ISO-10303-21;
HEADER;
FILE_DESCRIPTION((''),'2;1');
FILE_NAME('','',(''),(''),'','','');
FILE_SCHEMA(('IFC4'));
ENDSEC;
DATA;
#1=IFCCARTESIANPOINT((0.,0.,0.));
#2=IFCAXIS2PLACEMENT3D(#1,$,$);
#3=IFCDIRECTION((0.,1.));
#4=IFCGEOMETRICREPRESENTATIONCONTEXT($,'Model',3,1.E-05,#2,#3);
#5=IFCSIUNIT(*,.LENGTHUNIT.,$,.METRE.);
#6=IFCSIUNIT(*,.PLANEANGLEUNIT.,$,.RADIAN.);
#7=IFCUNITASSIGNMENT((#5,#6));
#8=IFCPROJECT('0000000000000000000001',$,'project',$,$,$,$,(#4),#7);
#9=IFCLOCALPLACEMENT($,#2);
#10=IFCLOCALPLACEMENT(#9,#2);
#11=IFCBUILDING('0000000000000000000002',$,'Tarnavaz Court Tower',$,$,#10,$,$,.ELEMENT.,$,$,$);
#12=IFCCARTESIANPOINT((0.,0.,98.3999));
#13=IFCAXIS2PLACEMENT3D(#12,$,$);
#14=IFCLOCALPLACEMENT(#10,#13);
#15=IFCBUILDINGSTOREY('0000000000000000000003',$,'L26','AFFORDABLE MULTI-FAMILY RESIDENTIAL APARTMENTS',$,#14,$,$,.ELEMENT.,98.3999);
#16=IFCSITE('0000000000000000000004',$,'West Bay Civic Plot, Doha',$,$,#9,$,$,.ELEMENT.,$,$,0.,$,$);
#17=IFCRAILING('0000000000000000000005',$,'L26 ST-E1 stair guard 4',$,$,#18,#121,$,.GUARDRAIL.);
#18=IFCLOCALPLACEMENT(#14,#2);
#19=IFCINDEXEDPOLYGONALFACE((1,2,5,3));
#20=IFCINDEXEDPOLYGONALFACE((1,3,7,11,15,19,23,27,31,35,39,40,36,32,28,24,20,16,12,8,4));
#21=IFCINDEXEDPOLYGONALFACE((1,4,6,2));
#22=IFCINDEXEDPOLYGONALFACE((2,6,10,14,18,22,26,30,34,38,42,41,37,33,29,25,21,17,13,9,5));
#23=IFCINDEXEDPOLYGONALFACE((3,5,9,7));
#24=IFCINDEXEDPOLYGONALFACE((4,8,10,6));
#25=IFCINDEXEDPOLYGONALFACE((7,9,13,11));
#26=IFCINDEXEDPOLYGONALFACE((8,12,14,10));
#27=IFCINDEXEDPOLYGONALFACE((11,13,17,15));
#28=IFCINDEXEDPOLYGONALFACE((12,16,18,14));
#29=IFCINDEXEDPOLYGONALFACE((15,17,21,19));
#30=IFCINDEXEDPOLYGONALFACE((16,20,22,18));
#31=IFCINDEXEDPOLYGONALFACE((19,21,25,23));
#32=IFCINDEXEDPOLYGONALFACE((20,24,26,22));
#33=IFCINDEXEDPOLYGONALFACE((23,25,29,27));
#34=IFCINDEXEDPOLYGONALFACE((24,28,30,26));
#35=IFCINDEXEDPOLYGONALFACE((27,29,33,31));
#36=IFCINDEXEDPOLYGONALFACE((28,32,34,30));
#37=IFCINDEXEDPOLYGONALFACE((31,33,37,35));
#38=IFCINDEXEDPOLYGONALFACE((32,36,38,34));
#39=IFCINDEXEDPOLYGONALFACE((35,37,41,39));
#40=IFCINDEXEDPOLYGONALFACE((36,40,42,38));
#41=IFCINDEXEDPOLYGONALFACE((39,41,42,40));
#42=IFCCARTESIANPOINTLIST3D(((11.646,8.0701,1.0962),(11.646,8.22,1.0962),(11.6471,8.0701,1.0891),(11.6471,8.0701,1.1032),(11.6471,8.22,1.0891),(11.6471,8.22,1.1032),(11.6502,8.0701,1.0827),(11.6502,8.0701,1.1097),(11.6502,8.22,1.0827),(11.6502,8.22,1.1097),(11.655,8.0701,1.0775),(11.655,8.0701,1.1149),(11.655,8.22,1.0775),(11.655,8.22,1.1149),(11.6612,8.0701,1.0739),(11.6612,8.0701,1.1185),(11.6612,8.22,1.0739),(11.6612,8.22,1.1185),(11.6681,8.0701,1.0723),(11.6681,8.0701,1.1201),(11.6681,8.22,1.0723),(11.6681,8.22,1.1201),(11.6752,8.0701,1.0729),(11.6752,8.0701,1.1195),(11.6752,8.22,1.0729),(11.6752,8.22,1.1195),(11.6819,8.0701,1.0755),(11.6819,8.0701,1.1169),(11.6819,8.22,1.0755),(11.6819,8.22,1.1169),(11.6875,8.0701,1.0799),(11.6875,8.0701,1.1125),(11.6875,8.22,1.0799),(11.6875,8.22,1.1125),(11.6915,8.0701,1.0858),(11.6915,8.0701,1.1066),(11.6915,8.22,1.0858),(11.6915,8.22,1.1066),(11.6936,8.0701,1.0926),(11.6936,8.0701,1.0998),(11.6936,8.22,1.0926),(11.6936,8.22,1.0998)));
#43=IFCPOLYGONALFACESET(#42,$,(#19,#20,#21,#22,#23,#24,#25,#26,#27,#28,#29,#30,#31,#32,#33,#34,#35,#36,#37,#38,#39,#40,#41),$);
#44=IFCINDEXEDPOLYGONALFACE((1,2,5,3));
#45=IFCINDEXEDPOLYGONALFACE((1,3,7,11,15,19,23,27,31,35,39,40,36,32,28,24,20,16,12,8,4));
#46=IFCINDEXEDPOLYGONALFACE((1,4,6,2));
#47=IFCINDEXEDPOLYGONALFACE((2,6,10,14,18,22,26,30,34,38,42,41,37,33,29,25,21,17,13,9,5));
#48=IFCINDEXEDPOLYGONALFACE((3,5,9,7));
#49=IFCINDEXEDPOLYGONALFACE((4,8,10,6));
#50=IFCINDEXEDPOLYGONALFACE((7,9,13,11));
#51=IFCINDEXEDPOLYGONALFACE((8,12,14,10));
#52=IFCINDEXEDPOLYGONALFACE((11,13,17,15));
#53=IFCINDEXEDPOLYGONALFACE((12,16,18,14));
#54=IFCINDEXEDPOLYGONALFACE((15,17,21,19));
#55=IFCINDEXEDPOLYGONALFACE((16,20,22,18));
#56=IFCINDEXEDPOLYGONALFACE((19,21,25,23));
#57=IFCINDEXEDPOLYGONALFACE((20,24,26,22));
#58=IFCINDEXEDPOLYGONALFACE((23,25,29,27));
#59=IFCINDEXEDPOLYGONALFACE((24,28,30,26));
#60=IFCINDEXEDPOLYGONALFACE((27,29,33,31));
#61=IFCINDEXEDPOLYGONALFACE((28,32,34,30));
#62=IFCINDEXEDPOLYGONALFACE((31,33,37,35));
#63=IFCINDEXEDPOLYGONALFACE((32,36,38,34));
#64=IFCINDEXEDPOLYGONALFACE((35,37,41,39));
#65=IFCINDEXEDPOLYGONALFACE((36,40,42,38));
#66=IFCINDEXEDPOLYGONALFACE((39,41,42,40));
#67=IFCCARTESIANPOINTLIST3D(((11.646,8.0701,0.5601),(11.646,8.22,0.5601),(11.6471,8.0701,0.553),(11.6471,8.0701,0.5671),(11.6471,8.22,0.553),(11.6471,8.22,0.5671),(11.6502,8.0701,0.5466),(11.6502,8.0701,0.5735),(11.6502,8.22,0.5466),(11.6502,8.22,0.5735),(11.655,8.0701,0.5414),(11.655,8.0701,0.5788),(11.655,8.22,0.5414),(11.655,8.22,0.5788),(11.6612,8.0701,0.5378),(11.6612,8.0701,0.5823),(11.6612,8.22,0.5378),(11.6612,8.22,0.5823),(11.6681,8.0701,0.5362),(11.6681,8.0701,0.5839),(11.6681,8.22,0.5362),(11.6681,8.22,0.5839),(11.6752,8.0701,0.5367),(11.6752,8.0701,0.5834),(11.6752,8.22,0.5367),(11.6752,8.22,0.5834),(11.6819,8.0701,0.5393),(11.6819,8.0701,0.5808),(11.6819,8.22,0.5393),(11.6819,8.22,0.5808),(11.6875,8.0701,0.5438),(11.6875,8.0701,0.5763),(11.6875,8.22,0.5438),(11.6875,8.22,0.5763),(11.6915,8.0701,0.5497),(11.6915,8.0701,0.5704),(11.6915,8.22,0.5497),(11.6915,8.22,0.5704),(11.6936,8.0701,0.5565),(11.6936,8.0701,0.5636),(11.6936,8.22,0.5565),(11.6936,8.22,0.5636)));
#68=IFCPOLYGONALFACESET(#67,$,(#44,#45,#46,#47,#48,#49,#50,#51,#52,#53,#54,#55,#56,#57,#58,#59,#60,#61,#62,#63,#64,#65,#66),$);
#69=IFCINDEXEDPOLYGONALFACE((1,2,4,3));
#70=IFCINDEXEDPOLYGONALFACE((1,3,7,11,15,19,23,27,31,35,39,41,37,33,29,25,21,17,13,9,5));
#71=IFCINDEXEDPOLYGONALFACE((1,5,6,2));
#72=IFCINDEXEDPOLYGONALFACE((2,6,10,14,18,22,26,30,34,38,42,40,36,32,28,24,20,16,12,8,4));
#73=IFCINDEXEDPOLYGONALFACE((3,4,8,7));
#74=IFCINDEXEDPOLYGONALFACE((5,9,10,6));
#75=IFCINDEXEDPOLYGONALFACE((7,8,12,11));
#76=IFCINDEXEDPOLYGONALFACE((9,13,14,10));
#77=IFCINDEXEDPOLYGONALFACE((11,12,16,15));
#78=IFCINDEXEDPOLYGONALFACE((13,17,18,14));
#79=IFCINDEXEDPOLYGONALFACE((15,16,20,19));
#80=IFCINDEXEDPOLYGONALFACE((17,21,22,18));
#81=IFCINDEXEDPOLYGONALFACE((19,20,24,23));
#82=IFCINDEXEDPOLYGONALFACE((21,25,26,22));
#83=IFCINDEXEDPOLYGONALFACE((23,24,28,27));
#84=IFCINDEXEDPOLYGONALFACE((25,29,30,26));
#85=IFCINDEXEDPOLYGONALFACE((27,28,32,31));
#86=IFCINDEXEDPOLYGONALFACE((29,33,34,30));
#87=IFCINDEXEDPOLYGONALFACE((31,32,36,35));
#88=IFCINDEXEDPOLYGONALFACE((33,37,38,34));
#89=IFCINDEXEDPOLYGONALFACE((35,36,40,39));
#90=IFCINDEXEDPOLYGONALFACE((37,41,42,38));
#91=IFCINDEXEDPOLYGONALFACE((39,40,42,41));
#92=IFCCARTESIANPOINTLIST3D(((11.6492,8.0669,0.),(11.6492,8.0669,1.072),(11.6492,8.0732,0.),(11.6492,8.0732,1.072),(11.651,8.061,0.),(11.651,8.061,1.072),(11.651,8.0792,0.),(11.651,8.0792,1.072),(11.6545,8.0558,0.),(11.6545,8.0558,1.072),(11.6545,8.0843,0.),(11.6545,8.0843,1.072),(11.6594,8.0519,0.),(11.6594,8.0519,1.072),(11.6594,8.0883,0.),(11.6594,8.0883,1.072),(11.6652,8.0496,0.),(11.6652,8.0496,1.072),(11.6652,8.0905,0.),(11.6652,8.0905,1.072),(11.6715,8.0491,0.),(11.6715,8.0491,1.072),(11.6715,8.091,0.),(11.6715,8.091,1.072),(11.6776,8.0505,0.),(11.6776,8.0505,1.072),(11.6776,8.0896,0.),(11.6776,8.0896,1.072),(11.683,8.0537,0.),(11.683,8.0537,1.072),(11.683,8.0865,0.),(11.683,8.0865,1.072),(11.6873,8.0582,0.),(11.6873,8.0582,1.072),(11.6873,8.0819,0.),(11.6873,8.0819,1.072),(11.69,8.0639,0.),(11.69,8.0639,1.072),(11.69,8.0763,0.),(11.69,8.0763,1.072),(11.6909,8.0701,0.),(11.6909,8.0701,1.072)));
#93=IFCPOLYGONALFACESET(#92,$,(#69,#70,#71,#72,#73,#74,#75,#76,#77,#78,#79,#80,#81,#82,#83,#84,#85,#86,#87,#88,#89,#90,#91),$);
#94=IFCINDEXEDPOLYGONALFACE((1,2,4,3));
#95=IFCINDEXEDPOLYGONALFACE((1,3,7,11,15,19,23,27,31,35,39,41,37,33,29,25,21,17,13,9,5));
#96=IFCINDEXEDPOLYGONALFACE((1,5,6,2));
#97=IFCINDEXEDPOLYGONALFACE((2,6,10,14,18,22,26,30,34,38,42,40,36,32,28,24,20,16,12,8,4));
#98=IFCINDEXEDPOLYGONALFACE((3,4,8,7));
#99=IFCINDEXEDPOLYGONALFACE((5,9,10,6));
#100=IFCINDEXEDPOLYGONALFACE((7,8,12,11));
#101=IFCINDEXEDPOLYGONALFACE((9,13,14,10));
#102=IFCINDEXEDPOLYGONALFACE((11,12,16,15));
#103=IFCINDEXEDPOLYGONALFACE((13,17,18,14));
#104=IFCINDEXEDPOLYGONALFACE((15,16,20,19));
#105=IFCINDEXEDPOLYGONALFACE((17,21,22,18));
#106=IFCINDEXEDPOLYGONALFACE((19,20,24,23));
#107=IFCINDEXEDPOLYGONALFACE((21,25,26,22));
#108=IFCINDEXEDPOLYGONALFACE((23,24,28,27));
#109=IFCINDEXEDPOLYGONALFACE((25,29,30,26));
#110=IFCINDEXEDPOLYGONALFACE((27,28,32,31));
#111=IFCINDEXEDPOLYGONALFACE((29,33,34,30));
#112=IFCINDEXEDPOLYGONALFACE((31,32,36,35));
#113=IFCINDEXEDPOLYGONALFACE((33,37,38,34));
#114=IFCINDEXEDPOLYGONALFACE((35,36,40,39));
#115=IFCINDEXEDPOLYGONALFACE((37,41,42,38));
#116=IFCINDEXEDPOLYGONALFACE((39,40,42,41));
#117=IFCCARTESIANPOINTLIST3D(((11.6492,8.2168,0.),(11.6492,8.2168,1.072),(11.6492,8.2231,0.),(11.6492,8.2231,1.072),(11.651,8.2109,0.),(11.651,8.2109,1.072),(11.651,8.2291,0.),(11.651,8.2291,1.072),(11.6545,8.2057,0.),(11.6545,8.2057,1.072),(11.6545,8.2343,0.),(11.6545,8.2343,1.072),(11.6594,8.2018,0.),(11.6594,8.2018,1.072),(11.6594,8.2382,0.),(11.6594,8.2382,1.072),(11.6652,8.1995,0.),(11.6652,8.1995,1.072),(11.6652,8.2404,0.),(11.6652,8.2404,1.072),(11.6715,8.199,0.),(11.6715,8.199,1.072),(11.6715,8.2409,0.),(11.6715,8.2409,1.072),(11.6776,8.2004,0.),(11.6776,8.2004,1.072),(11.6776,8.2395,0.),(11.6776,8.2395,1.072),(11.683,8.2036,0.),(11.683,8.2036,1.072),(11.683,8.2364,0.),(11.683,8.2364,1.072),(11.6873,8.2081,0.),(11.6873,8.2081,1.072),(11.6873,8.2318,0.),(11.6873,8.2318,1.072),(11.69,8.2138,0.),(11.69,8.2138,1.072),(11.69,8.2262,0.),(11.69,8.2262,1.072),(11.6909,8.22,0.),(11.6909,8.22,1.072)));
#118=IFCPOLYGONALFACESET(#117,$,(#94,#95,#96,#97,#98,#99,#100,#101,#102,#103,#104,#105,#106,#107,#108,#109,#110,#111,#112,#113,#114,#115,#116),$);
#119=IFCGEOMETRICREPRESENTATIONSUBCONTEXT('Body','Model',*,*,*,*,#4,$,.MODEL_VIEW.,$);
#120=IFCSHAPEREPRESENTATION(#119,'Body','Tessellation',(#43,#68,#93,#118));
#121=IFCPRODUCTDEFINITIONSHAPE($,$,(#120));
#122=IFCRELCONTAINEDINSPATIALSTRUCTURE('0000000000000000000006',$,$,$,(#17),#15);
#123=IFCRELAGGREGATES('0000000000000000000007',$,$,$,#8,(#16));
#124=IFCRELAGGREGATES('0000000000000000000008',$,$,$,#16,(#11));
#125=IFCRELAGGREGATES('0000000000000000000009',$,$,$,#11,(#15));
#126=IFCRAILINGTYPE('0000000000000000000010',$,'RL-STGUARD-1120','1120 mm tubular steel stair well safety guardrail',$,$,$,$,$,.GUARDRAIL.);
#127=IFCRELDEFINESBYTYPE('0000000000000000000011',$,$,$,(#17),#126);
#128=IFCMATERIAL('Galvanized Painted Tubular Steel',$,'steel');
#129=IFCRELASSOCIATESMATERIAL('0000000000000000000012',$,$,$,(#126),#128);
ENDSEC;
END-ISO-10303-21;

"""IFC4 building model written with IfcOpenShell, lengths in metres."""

from ifc_helpers import new_model, si_unit, direction, frame, origin, origin_2d, place, context, subcontext, project, spatial, circle, extrude, material, type_object, element, save


model = new_model("IFC4")

# Units and contexts
model_context = context("Model", 3, precision=1e-05, world=origin(), true_north=direction((0.0, 1.0)))
body_context = subcontext(model_context, "Body", "Model", "MODEL_VIEW")
ifc_project = project(units=[si_unit("LENGTHUNIT", "METRE"), si_unit("PLANEANGLEUNIT", "RADIAN")], contexts=[model_context])

# Site, building, storey
site_placement = place(None, origin())
site = spatial("IfcSite", under=ifc_project, at=site_placement, Name="West Bay Civic Plot, Doha", CompositionType="ELEMENT", RefElevation=0.0)
building_placement = place(site_placement, origin())
building = spatial("IfcBuilding", under=site, at=building_placement, Name="Tarnavaz Court Tower", CompositionType="ELEMENT")
storey_placement = place(building_placement, frame((0.0, 0.0, 98.3999)))
storey = spatial("IfcBuildingStorey", under=building, at=storey_placement, Name="L26", Description="AFFORDABLE MULTI-FAMILY RESIDENTIAL APARTMENTS", CompositionType="ELEMENT", Elevation=98.3999)

# Railing
ifc_material_1 = material(Name="Galvanized Painted Tubular Steel", Category="steel")
railing_type_1 = type_object("IfcRailingType", Name="RL-STGUARD-1120", Description="1120 mm tubular steel stair well safety guardrail", PredefinedType="GUARDRAIL", material=ifc_material_1)
railing_1_placement = place(storey_placement, frame((11.6699, 8.0701, 0.0)))
element("IfcRailing", 1, at=railing_1_placement, inside=storey, type_object=railing_type_1, Name="L26 ST-E1 stair guard 4", PredefinedType="GUARDRAIL", context=body_context, shape_type="SweptSolid", body=[
    extrude(circle(Radius=0.0239, at=origin_2d()), frame((0.0, 0.0, 1.0962), z_axis=(0.0, 1.0, 0.0), x_axis=(-1.0, 0.0, 0.0)), (0.0, 0.0, 1.0), 0.1499),
    extrude(circle(Radius=0.0239, at=origin_2d()), frame((0.0, 0.0, 0.5601), z_axis=(0.0, 1.0, 0.0), x_axis=(-1.0, 0.0, 0.0)), (0.0, 0.0, 1.0), 0.1499),
    extrude(circle(Radius=0.021, at=origin_2d()), origin(), (0.0, 0.0, 1.0), 1.072),
    extrude(circle(Radius=0.021, at=origin_2d()), frame((0.0, 0.1499, 0.0)), (0.0, 0.0, 1.0), 1.072),
])

save(model, "model.ifc")
